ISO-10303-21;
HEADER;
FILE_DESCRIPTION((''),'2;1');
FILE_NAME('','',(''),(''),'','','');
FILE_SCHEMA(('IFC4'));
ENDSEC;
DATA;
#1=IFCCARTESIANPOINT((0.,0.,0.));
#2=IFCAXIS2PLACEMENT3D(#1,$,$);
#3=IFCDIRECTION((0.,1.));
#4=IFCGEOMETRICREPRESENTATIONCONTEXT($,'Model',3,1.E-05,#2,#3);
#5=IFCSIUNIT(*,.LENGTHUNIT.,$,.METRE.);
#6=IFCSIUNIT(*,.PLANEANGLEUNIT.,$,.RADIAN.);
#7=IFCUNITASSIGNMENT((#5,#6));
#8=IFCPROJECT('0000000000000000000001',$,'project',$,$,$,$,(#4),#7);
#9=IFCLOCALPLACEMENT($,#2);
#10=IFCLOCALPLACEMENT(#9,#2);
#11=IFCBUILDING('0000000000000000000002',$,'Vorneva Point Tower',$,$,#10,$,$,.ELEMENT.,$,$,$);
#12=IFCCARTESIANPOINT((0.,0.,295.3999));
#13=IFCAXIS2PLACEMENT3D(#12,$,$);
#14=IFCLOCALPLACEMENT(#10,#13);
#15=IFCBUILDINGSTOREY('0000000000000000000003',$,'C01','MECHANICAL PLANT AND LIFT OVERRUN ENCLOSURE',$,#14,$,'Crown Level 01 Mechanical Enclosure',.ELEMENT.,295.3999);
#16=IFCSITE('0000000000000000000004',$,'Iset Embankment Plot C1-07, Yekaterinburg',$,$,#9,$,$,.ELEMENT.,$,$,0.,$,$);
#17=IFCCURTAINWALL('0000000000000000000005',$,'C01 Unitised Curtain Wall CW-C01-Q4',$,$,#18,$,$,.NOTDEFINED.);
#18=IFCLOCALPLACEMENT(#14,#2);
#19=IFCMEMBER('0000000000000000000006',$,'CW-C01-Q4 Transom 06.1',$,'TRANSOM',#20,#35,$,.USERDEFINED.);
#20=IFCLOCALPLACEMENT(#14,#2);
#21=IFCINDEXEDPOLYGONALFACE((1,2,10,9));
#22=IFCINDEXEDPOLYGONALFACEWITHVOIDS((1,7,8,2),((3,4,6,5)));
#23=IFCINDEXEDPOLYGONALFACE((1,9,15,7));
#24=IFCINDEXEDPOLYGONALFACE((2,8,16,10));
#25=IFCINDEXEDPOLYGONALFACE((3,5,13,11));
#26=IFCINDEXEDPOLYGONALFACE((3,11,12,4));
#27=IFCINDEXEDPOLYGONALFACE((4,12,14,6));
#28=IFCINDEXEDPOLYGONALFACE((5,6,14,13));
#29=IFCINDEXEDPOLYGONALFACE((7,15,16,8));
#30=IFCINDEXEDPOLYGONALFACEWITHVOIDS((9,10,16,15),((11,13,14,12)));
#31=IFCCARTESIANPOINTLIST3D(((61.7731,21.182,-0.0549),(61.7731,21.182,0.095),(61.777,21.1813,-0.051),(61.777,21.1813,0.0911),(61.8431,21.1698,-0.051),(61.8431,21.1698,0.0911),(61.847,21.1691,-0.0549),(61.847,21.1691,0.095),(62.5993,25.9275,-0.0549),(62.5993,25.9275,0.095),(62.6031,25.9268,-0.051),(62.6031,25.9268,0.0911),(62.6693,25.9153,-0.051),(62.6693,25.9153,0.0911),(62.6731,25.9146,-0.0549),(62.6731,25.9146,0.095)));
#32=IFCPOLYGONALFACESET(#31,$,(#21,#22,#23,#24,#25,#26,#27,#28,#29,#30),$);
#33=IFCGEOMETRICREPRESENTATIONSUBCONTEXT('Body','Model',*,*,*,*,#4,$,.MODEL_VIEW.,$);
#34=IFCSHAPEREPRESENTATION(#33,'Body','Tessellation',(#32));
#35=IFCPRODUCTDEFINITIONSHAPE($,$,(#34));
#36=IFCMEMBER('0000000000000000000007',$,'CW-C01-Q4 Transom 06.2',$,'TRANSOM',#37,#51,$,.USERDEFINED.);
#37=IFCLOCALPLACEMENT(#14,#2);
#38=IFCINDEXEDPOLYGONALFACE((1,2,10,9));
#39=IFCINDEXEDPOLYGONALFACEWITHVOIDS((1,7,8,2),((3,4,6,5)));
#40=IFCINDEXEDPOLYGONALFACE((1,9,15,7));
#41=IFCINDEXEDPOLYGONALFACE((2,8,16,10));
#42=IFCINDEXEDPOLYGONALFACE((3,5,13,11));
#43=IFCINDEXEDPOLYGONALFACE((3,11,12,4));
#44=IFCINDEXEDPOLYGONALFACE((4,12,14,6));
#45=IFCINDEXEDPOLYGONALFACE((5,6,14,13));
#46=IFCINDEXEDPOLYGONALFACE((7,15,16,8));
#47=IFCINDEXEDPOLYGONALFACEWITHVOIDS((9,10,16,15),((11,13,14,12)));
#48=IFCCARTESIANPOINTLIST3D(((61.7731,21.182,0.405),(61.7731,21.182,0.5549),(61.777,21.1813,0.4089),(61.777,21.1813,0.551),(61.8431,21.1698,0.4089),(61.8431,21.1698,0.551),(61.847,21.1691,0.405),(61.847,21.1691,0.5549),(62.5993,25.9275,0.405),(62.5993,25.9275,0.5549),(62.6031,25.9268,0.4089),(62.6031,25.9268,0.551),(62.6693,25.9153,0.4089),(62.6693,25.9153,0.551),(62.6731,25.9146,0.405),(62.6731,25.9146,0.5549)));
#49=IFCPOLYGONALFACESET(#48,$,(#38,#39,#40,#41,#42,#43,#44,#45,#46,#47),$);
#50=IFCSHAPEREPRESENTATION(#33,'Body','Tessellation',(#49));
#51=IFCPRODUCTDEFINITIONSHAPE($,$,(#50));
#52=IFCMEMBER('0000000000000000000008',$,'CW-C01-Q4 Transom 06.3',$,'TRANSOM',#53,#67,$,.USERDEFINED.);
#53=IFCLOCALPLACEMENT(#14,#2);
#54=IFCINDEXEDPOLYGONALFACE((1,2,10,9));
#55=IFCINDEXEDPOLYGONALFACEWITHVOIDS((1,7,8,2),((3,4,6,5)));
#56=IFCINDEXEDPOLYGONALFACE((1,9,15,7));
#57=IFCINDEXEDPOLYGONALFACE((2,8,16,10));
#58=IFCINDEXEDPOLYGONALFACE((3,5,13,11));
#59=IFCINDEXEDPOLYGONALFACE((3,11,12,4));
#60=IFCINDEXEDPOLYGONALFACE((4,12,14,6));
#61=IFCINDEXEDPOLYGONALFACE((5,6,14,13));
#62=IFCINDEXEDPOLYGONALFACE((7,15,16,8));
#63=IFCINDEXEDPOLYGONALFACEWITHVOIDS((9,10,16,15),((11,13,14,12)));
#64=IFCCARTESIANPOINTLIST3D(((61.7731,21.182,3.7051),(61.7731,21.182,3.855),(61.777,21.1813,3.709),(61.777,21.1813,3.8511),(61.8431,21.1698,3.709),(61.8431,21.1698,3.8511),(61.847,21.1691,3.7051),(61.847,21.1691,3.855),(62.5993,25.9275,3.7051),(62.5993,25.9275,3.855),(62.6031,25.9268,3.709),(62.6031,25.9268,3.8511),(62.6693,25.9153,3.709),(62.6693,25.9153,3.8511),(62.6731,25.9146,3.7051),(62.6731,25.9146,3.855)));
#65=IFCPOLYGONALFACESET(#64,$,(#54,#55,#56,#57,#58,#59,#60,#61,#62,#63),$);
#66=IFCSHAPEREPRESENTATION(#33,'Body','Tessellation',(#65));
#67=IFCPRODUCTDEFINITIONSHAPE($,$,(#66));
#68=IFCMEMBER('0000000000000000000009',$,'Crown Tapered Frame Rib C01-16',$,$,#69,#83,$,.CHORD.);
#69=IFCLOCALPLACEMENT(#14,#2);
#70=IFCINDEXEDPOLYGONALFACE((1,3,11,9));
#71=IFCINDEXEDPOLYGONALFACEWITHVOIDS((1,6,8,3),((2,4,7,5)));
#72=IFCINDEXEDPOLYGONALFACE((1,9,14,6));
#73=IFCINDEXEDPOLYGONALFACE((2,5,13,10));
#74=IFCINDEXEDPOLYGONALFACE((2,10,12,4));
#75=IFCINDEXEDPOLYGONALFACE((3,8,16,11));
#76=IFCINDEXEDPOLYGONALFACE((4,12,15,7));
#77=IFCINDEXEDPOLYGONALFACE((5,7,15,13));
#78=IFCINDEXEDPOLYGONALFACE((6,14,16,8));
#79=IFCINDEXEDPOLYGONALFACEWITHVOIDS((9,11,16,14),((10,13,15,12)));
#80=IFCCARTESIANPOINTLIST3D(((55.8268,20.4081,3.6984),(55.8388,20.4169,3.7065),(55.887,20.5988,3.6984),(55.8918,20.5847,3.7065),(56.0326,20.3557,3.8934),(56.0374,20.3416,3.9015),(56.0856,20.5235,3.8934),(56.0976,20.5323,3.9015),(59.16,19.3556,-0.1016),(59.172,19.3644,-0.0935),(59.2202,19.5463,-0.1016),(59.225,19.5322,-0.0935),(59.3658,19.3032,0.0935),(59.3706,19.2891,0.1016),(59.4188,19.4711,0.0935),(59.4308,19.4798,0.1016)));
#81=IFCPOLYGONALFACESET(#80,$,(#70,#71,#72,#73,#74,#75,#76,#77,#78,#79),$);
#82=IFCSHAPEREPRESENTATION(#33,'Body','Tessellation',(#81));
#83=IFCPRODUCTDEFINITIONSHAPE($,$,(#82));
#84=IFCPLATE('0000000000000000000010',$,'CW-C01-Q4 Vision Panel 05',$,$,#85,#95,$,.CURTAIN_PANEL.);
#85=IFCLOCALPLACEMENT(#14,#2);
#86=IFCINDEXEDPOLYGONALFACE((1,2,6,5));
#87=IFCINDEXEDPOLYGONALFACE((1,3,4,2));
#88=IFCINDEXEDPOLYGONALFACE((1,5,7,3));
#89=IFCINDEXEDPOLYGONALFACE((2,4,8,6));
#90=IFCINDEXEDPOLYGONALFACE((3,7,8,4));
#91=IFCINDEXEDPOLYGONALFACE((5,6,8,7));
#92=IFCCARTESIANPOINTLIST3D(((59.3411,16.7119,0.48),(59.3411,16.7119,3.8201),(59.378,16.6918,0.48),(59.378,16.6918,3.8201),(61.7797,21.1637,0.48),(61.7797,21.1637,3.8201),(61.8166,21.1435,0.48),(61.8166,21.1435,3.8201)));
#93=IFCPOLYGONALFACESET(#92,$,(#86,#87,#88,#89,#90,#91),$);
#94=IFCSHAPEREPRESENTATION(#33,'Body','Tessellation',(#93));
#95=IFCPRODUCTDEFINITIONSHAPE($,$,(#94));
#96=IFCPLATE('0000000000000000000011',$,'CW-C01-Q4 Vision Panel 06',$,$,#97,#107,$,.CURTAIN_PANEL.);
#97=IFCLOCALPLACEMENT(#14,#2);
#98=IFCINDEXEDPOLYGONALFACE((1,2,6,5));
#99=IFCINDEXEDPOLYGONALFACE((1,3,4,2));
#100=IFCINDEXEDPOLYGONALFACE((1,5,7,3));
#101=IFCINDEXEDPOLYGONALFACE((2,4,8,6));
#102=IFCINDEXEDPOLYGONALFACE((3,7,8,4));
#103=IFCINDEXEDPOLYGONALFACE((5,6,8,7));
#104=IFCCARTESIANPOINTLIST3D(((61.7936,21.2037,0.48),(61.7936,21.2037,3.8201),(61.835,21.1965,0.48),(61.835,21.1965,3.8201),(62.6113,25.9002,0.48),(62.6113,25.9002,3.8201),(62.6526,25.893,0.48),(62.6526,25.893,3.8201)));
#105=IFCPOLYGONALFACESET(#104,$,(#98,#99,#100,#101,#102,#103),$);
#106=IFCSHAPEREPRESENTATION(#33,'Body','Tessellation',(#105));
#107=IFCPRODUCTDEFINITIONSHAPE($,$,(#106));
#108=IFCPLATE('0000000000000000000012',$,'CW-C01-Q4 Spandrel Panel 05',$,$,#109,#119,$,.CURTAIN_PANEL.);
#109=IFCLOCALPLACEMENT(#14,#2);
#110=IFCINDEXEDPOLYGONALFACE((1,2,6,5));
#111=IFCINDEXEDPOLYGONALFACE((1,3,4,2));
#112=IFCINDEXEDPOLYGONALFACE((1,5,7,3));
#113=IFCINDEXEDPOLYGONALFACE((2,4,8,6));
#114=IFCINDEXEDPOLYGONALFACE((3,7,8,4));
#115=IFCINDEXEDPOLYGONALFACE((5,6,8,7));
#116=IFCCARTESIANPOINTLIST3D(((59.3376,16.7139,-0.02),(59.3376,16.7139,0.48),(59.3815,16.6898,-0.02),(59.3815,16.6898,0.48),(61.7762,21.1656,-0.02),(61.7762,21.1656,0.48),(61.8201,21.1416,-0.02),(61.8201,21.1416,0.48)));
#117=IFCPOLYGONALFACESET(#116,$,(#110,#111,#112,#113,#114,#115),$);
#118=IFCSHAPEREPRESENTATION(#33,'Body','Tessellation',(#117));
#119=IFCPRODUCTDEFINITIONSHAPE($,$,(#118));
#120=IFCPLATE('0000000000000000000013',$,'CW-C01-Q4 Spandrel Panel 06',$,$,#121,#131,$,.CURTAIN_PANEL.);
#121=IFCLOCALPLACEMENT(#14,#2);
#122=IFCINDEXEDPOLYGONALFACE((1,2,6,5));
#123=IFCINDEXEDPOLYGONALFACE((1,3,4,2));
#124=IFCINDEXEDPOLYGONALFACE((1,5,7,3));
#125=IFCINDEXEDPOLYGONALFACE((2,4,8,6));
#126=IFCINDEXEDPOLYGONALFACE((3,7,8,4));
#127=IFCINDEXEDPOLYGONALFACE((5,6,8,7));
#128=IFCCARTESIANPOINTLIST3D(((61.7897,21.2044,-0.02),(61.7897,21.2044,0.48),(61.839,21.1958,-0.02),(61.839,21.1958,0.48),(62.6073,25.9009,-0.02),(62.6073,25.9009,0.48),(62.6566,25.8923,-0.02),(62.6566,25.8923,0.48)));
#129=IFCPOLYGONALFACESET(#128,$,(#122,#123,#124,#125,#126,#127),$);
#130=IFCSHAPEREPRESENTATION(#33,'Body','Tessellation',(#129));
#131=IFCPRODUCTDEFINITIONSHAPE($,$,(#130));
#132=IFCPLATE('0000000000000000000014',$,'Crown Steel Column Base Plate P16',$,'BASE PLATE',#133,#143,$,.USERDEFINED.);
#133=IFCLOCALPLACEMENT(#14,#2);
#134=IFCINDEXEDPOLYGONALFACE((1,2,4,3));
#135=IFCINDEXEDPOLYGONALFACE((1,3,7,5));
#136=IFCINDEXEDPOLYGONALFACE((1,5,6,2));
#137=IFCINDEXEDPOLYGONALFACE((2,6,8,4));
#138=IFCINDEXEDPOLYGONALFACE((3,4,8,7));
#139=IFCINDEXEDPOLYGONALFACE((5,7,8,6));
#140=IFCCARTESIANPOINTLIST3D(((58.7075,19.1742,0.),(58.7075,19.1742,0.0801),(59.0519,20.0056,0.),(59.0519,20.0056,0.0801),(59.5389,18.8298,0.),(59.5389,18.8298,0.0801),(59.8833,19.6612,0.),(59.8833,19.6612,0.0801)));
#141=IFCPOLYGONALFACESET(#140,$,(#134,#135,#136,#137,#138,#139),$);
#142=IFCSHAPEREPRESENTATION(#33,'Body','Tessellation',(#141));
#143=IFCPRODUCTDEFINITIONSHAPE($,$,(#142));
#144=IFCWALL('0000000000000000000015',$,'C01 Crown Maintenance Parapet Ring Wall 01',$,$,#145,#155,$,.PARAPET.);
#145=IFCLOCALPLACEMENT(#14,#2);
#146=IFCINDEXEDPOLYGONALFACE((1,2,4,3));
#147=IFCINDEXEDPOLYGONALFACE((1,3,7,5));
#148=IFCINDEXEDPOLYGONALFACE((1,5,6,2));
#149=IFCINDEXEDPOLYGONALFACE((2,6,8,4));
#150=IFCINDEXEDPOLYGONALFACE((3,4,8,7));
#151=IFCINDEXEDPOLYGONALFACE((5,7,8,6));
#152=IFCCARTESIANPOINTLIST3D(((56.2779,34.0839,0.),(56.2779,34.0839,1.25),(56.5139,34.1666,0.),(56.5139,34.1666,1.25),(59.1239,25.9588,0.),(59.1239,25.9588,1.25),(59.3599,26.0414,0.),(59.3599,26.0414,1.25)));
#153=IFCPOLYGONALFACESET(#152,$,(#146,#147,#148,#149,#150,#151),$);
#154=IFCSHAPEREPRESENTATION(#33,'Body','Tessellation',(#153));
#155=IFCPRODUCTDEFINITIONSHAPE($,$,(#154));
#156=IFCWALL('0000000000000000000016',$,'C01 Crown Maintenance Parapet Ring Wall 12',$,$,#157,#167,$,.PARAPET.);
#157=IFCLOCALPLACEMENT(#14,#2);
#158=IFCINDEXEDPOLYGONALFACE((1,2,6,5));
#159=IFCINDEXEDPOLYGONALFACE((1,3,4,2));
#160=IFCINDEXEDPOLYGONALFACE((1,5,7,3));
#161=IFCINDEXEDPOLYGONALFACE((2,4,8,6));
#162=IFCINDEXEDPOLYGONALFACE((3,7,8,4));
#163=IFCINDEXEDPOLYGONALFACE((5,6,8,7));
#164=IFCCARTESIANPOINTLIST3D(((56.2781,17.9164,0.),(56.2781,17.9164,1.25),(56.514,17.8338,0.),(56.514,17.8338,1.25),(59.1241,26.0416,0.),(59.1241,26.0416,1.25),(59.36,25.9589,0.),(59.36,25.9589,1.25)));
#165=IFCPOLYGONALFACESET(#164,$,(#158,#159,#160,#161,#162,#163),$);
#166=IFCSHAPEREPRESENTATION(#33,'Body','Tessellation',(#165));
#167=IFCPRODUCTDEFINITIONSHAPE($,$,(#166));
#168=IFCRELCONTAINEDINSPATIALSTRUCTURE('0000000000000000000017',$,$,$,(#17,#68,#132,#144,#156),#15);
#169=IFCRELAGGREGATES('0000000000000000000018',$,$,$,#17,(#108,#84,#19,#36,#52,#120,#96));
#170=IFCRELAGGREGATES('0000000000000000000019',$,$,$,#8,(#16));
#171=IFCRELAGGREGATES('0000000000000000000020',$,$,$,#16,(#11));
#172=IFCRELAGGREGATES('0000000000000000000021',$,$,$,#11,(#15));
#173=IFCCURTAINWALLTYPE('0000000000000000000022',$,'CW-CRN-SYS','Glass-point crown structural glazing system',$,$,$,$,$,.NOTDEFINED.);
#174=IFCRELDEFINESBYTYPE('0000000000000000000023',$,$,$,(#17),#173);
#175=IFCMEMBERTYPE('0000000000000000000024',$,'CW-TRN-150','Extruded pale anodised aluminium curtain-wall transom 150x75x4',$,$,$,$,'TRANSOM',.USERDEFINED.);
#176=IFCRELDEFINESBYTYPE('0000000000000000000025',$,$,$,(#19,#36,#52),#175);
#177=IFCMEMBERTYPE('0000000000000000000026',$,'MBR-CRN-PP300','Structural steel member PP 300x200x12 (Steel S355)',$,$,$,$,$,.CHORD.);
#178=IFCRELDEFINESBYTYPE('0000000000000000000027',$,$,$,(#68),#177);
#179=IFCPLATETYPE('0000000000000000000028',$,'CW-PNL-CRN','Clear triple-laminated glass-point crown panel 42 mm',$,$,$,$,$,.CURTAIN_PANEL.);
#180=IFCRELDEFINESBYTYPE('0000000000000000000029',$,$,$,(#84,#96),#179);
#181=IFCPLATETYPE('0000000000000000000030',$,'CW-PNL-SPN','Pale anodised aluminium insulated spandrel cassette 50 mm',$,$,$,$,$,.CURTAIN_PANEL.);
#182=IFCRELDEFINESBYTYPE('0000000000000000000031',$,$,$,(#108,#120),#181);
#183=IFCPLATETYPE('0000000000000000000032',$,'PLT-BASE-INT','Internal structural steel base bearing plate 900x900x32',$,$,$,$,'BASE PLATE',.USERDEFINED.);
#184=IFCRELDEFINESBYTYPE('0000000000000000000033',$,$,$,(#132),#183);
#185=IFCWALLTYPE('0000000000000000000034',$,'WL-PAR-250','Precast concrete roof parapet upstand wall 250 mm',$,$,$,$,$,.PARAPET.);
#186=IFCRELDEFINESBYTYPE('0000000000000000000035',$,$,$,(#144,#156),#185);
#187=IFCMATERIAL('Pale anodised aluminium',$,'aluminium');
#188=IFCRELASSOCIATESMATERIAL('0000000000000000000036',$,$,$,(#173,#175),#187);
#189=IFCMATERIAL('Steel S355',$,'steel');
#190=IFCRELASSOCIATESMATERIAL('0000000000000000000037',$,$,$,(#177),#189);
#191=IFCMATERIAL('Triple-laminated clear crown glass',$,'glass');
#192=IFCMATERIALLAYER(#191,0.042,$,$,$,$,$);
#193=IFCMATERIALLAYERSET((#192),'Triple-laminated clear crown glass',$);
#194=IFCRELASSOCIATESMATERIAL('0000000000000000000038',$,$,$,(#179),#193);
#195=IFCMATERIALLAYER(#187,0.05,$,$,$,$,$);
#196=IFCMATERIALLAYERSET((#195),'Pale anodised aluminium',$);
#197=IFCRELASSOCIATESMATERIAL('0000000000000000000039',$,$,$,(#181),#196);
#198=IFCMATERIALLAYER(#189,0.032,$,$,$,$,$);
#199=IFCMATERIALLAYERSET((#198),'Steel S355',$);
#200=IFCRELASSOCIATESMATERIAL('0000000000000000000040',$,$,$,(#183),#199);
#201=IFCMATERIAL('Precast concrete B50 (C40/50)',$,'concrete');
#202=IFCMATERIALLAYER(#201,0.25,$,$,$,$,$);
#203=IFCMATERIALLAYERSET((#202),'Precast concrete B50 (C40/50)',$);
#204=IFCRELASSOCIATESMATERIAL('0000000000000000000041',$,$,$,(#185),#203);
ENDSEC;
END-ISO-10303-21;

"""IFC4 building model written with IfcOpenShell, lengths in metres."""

from ifc_helpers import new_model, si_unit, direction, frame, frame_2d, origin, origin_2d, place, context, subcontext, project, spatial, rectangle, hollow_rectangle, extrude, material, layer, layer_set, material_profile, profile_set, type_object, element, aggregate, save


model = new_model("IFC4")

# Units and contexts
model_context = context("Model", 3, precision=1e-05, world=origin(), true_north=direction((0.0, 1.0)))
body_context = subcontext(model_context, "Body", "Model", "MODEL_VIEW")
ifc_project = project(units=[si_unit("LENGTHUNIT", "METRE"), si_unit("PLANEANGLEUNIT", "RADIAN")], contexts=[model_context])

# Site, building, storey
site_placement = place(None, origin())
site = spatial("IfcSite", under=ifc_project, at=site_placement, Name="Iset Embankment Plot C1-07, Yekaterinburg", CompositionType="ELEMENT", RefElevation=0.0)
building_placement = place(site_placement, origin())
building = spatial("IfcBuilding", under=site, at=building_placement, Name="Vorneva Point Tower", CompositionType="ELEMENT")
storey_placement = place(building_placement, frame((0.0, 0.0, 295.3999)))
storey = spatial("IfcBuildingStorey", under=building, at=storey_placement, Name="C01", Description="MECHANICAL PLANT AND LIFT OVERRUN ENCLOSURE", LongName="Crown Level 01 Mechanical Enclosure", CompositionType="ELEMENT", Elevation=295.3999)

# Shared definitions
ifc_material_1 = material(Name="Steel S355", Category="steel")

# Curtain wall, members
ifc_material_2 = material(Name="Pale anodised aluminium", Category="aluminium")
curtain_wall_type = type_object("IfcCurtainWallType", Name="CW-CRN-SYS", Description="Glass-point crown structural glazing system", PredefinedType="NOTDEFINED", material=ifc_material_2)
curtain_wall_placement = place(storey_placement, origin())
curtain_wall = element("IfcCurtainWall", 1, at=curtain_wall_placement, inside=storey, type_object=curtain_wall_type, Name="C01 Unitised Curtain Wall CW-C01-Q4", PredefinedType="NOTDEFINED")
ifc_material_profile_1 = material_profile(ifc_material_2, hollow_rectangle(XDim=0.075, YDim=0.1499, WallThickness=0.0039, at=origin_2d()), Name="AL-TRN 150x75x4")
ifc_profile_set_1 = profile_set([ifc_material_profile_1], Name="Pale anodised aluminium")
member_type_1 = type_object("IfcMemberType", Name="CW-TRN-150", Description="Extruded pale anodised aluminium curtain-wall transom 150x75x4", ElementType="TRANSOM", PredefinedType="USERDEFINED", material=ifc_profile_set_1)
member_1_placement = place(storey_placement, frame((61.8101, 21.1755, 0.02), z_axis=(0.171512, 0.985182, 0.0), x_axis=(-0.985182, 0.171512, 0.0)))
member_1 = element("IfcMember", 2, at=member_1_placement, type_object=member_type_1, Name="CW-C01-Q4 Transom 06.1", ObjectType="TRANSOM", PredefinedType="USERDEFINED", context=body_context, shape_type="SweptSolid", body=[
    extrude(hollow_rectangle(XDim=0.075, YDim=0.1499, WallThickness=0.0039, at=origin_2d()), origin(), (0.0, 0.0, 1.0), 4.8169),
])
member_2_placement = place(storey_placement, frame((61.8101, 21.1755, 0.48), z_axis=(0.171512, 0.985182, 0.0), x_axis=(-0.985182, 0.171512, 0.0)))
member_2 = element("IfcMember", 3, at=member_2_placement, type_object=member_type_1, Name="CW-C01-Q4 Transom 06.2", ObjectType="TRANSOM", PredefinedType="USERDEFINED", context=body_context, shape_type="SweptSolid", body=[
    extrude(hollow_rectangle(XDim=0.075, YDim=0.1499, WallThickness=0.0039, at=origin_2d()), origin(), (0.0, 0.0, 1.0), 4.8169),
])
member_3_placement = place(storey_placement, frame((61.8101, 21.1755, 3.78), z_axis=(0.171512, 0.985182, 0.0), x_axis=(-0.985182, 0.171512, 0.0)))
member_3 = element("IfcMember", 4, at=member_3_placement, type_object=member_type_1, Name="CW-C01-Q4 Transom 06.3", ObjectType="TRANSOM", PredefinedType="USERDEFINED", context=body_context, shape_type="SweptSolid", body=[
    extrude(hollow_rectangle(XDim=0.075, YDim=0.1499, WallThickness=0.0039, at=origin_2d()), origin(), (0.0, 0.0, 1.0), 4.8169),
])

# Member
ifc_material_profile_2 = material_profile(ifc_material_1, hollow_rectangle(XDim=0.2, YDim=0.3, WallThickness=0.012, at=origin_2d()), Name="PP 300x200x12")
ifc_profile_set_2 = profile_set([ifc_material_profile_2], Name="Steel S355")
member_type_2 = type_object("IfcMemberType", Name="MBR-CRN-PP300", Description="Structural steel member PP 300x200x12 (Steel S355)", PredefinedType="CHORD", material=ifc_profile_set_2)
member_4_placement = place(storey_placement, frame((59.2954, 19.4177, 0.0), z_axis=(-0.645578, 0.203844, 0.735987), x_axis=(-0.301101, -0.953592, 0.0)))
element("IfcMember", 5, at=member_4_placement, inside=storey, type_object=member_type_2, Name="Crown Tapered Frame Rib C01-16", PredefinedType="CHORD", context=body_context, shape_type="SweptSolid", body=[
    extrude(hollow_rectangle(XDim=0.2, YDim=0.3, WallThickness=0.012, at=origin_2d()), origin(), (0.0, 0.0, 1.0), 5.1631),
])

# Plates
ifc_material_3 = material(Name="Triple-laminated clear crown glass", Category="glass")
ifc_layer_1 = layer(ifc_material_3, 0.042)
ifc_layer_set_1 = layer_set([ifc_layer_1], Name="Triple-laminated clear crown glass")
plate_type_1 = type_object("IfcPlateType", Name="CW-PNL-CRN", Description="Clear triple-laminated glass-point crown panel 42 mm", PredefinedType="CURTAIN_PANEL", material=ifc_layer_set_1)
plate_1_placement = place(storey_placement, frame((60.5789, 18.9277, 0.48), z_axis=(0.0, 0.0, 1.0), x_axis=(0.480423, 0.877037, 0.0)))
plate_1 = element("IfcPlate", 6, at=plate_1_placement, type_object=plate_type_1, Name="CW-C01-Q4 Vision Panel 05", PredefinedType="CURTAIN_PANEL", context=body_context, shape_type="SweptSolid", body=[
    extrude(rectangle(XDim=5.0759, YDim=0.042, at=origin_2d()), origin(), (0.0, 0.0, 1.0), 3.3401),
])
plate_2_placement = place(storey_placement, frame((62.2231, 23.5483, 0.48), z_axis=(0.0, 0.0, 1.0), x_axis=(0.171516, 0.985181, 0.0)))
plate_2 = element("IfcPlate", 7, at=plate_2_placement, type_object=plate_type_1, Name="CW-C01-Q4 Vision Panel 06", PredefinedType="CURTAIN_PANEL", context=body_context, shape_type="SweptSolid", body=[
    extrude(rectangle(XDim=4.7671, YDim=0.042, at=origin_2d()), origin(), (0.0, 0.0, 1.0), 3.3401),
])
ifc_layer_2 = layer(ifc_material_2, 0.05)
ifc_layer_set_2 = layer_set([ifc_layer_2], Name="Pale anodised aluminium")
plate_type_2 = type_object("IfcPlateType", Name="CW-PNL-SPN", Description="Pale anodised aluminium insulated spandrel cassette 50 mm", PredefinedType="CURTAIN_PANEL", material=ifc_layer_set_2)
plate_3_placement = place(storey_placement, frame((60.5789, 18.9277, -0.02), z_axis=(0.0, 0.0, 1.0), x_axis=(0.480423, 0.877037, 0.0)))
plate_3 = element("IfcPlate", 8, at=plate_3_placement, type_object=plate_type_2, Name="CW-C01-Q4 Spandrel Panel 05", PredefinedType="CURTAIN_PANEL", context=body_context, shape_type="SweptSolid", body=[
    extrude(rectangle(XDim=5.0759, YDim=0.05, at=origin_2d()), origin(), (0.0, 0.0, 1.0), 0.5),
])
plate_4_placement = place(storey_placement, frame((62.2231, 23.5483, -0.02), z_axis=(0.0, 0.0, 1.0), x_axis=(0.171516, 0.985181, 0.0)))
plate_4 = element("IfcPlate", 9, at=plate_4_placement, type_object=plate_type_2, Name="CW-C01-Q4 Spandrel Panel 06", PredefinedType="CURTAIN_PANEL", context=body_context, shape_type="SweptSolid", body=[
    extrude(rectangle(XDim=4.7671, YDim=0.05, at=origin_2d()), origin(), (0.0, 0.0, 1.0), 0.5),
])
aggregate(curtain_wall, [plate_3, plate_1, member_1, member_2, member_3, plate_4, plate_2])
ifc_layer_3 = layer(ifc_material_1, 0.032)
ifc_layer_set_3 = layer_set([ifc_layer_3], Name="Steel S355")
plate_type_3 = type_object("IfcPlateType", Name="PLT-BASE-INT", Description="Internal structural steel base bearing plate 900x900x32", ElementType="BASE PLATE", PredefinedType="USERDEFINED", material=ifc_layer_set_3)
plate_5_placement = place(storey_placement, frame((59.2954, 19.4177, 0.0), z_axis=(0.0, 0.0, 1.0), x_axis=(0.92388, -0.382683, 0.0)))
element("IfcPlate", 10, at=plate_5_placement, inside=storey, type_object=plate_type_3, Name="Crown Steel Column Base Plate P16", ObjectType="BASE PLATE", PredefinedType="USERDEFINED", context=body_context, shape_type="SweptSolid", body=[
    extrude(rectangle(XDim=0.8999, YDim=0.8999, at=origin_2d()), origin(), (0.0, 0.0, 1.0), 0.0801),
])

# Walls
ifc_material_4 = material(Name="Precast concrete B50 (C40/50)", Category="concrete")
ifc_layer_4 = layer(ifc_material_4, 0.25)
ifc_layer_set_4 = layer_set([ifc_layer_4], Name="Precast concrete B50 (C40/50)")
wall_type_1 = type_object("IfcWallType", Name="WL-PAR-250", Description="Precast concrete roof parapet upstand wall 250 mm", PredefinedType="PARAPET", material=ifc_layer_set_4)
for number, where, z_axis, x_axis, name in (
    (11, (59.2419, 26.0, 0.0), (0.0, 0.0, 1.0), (-0.330578, 0.943779, 0.0), "C01 Crown Maintenance Parapet Ring Wall 01"),
    (12, (56.396, 17.875, 0.0), (0.0, 0.0, 1.0), (0.330578, 0.943779, 0.0), "C01 Crown Maintenance Parapet Ring Wall 12"),
):
    element("IfcWall", number, at=place(storey_placement, frame(where, z_axis=z_axis, x_axis=x_axis)), inside=storey, type_object=wall_type_1, Name=name, PredefinedType="PARAPET", context=body_context, shape_type="SweptSolid", body=[
        extrude(rectangle(XDim=8.6091, YDim=0.25, at=frame_2d((4.3047, 0.0))), origin(), (0.0, 0.0, 1.0), 1.25),
    ])

save(model, "model.ifc")
